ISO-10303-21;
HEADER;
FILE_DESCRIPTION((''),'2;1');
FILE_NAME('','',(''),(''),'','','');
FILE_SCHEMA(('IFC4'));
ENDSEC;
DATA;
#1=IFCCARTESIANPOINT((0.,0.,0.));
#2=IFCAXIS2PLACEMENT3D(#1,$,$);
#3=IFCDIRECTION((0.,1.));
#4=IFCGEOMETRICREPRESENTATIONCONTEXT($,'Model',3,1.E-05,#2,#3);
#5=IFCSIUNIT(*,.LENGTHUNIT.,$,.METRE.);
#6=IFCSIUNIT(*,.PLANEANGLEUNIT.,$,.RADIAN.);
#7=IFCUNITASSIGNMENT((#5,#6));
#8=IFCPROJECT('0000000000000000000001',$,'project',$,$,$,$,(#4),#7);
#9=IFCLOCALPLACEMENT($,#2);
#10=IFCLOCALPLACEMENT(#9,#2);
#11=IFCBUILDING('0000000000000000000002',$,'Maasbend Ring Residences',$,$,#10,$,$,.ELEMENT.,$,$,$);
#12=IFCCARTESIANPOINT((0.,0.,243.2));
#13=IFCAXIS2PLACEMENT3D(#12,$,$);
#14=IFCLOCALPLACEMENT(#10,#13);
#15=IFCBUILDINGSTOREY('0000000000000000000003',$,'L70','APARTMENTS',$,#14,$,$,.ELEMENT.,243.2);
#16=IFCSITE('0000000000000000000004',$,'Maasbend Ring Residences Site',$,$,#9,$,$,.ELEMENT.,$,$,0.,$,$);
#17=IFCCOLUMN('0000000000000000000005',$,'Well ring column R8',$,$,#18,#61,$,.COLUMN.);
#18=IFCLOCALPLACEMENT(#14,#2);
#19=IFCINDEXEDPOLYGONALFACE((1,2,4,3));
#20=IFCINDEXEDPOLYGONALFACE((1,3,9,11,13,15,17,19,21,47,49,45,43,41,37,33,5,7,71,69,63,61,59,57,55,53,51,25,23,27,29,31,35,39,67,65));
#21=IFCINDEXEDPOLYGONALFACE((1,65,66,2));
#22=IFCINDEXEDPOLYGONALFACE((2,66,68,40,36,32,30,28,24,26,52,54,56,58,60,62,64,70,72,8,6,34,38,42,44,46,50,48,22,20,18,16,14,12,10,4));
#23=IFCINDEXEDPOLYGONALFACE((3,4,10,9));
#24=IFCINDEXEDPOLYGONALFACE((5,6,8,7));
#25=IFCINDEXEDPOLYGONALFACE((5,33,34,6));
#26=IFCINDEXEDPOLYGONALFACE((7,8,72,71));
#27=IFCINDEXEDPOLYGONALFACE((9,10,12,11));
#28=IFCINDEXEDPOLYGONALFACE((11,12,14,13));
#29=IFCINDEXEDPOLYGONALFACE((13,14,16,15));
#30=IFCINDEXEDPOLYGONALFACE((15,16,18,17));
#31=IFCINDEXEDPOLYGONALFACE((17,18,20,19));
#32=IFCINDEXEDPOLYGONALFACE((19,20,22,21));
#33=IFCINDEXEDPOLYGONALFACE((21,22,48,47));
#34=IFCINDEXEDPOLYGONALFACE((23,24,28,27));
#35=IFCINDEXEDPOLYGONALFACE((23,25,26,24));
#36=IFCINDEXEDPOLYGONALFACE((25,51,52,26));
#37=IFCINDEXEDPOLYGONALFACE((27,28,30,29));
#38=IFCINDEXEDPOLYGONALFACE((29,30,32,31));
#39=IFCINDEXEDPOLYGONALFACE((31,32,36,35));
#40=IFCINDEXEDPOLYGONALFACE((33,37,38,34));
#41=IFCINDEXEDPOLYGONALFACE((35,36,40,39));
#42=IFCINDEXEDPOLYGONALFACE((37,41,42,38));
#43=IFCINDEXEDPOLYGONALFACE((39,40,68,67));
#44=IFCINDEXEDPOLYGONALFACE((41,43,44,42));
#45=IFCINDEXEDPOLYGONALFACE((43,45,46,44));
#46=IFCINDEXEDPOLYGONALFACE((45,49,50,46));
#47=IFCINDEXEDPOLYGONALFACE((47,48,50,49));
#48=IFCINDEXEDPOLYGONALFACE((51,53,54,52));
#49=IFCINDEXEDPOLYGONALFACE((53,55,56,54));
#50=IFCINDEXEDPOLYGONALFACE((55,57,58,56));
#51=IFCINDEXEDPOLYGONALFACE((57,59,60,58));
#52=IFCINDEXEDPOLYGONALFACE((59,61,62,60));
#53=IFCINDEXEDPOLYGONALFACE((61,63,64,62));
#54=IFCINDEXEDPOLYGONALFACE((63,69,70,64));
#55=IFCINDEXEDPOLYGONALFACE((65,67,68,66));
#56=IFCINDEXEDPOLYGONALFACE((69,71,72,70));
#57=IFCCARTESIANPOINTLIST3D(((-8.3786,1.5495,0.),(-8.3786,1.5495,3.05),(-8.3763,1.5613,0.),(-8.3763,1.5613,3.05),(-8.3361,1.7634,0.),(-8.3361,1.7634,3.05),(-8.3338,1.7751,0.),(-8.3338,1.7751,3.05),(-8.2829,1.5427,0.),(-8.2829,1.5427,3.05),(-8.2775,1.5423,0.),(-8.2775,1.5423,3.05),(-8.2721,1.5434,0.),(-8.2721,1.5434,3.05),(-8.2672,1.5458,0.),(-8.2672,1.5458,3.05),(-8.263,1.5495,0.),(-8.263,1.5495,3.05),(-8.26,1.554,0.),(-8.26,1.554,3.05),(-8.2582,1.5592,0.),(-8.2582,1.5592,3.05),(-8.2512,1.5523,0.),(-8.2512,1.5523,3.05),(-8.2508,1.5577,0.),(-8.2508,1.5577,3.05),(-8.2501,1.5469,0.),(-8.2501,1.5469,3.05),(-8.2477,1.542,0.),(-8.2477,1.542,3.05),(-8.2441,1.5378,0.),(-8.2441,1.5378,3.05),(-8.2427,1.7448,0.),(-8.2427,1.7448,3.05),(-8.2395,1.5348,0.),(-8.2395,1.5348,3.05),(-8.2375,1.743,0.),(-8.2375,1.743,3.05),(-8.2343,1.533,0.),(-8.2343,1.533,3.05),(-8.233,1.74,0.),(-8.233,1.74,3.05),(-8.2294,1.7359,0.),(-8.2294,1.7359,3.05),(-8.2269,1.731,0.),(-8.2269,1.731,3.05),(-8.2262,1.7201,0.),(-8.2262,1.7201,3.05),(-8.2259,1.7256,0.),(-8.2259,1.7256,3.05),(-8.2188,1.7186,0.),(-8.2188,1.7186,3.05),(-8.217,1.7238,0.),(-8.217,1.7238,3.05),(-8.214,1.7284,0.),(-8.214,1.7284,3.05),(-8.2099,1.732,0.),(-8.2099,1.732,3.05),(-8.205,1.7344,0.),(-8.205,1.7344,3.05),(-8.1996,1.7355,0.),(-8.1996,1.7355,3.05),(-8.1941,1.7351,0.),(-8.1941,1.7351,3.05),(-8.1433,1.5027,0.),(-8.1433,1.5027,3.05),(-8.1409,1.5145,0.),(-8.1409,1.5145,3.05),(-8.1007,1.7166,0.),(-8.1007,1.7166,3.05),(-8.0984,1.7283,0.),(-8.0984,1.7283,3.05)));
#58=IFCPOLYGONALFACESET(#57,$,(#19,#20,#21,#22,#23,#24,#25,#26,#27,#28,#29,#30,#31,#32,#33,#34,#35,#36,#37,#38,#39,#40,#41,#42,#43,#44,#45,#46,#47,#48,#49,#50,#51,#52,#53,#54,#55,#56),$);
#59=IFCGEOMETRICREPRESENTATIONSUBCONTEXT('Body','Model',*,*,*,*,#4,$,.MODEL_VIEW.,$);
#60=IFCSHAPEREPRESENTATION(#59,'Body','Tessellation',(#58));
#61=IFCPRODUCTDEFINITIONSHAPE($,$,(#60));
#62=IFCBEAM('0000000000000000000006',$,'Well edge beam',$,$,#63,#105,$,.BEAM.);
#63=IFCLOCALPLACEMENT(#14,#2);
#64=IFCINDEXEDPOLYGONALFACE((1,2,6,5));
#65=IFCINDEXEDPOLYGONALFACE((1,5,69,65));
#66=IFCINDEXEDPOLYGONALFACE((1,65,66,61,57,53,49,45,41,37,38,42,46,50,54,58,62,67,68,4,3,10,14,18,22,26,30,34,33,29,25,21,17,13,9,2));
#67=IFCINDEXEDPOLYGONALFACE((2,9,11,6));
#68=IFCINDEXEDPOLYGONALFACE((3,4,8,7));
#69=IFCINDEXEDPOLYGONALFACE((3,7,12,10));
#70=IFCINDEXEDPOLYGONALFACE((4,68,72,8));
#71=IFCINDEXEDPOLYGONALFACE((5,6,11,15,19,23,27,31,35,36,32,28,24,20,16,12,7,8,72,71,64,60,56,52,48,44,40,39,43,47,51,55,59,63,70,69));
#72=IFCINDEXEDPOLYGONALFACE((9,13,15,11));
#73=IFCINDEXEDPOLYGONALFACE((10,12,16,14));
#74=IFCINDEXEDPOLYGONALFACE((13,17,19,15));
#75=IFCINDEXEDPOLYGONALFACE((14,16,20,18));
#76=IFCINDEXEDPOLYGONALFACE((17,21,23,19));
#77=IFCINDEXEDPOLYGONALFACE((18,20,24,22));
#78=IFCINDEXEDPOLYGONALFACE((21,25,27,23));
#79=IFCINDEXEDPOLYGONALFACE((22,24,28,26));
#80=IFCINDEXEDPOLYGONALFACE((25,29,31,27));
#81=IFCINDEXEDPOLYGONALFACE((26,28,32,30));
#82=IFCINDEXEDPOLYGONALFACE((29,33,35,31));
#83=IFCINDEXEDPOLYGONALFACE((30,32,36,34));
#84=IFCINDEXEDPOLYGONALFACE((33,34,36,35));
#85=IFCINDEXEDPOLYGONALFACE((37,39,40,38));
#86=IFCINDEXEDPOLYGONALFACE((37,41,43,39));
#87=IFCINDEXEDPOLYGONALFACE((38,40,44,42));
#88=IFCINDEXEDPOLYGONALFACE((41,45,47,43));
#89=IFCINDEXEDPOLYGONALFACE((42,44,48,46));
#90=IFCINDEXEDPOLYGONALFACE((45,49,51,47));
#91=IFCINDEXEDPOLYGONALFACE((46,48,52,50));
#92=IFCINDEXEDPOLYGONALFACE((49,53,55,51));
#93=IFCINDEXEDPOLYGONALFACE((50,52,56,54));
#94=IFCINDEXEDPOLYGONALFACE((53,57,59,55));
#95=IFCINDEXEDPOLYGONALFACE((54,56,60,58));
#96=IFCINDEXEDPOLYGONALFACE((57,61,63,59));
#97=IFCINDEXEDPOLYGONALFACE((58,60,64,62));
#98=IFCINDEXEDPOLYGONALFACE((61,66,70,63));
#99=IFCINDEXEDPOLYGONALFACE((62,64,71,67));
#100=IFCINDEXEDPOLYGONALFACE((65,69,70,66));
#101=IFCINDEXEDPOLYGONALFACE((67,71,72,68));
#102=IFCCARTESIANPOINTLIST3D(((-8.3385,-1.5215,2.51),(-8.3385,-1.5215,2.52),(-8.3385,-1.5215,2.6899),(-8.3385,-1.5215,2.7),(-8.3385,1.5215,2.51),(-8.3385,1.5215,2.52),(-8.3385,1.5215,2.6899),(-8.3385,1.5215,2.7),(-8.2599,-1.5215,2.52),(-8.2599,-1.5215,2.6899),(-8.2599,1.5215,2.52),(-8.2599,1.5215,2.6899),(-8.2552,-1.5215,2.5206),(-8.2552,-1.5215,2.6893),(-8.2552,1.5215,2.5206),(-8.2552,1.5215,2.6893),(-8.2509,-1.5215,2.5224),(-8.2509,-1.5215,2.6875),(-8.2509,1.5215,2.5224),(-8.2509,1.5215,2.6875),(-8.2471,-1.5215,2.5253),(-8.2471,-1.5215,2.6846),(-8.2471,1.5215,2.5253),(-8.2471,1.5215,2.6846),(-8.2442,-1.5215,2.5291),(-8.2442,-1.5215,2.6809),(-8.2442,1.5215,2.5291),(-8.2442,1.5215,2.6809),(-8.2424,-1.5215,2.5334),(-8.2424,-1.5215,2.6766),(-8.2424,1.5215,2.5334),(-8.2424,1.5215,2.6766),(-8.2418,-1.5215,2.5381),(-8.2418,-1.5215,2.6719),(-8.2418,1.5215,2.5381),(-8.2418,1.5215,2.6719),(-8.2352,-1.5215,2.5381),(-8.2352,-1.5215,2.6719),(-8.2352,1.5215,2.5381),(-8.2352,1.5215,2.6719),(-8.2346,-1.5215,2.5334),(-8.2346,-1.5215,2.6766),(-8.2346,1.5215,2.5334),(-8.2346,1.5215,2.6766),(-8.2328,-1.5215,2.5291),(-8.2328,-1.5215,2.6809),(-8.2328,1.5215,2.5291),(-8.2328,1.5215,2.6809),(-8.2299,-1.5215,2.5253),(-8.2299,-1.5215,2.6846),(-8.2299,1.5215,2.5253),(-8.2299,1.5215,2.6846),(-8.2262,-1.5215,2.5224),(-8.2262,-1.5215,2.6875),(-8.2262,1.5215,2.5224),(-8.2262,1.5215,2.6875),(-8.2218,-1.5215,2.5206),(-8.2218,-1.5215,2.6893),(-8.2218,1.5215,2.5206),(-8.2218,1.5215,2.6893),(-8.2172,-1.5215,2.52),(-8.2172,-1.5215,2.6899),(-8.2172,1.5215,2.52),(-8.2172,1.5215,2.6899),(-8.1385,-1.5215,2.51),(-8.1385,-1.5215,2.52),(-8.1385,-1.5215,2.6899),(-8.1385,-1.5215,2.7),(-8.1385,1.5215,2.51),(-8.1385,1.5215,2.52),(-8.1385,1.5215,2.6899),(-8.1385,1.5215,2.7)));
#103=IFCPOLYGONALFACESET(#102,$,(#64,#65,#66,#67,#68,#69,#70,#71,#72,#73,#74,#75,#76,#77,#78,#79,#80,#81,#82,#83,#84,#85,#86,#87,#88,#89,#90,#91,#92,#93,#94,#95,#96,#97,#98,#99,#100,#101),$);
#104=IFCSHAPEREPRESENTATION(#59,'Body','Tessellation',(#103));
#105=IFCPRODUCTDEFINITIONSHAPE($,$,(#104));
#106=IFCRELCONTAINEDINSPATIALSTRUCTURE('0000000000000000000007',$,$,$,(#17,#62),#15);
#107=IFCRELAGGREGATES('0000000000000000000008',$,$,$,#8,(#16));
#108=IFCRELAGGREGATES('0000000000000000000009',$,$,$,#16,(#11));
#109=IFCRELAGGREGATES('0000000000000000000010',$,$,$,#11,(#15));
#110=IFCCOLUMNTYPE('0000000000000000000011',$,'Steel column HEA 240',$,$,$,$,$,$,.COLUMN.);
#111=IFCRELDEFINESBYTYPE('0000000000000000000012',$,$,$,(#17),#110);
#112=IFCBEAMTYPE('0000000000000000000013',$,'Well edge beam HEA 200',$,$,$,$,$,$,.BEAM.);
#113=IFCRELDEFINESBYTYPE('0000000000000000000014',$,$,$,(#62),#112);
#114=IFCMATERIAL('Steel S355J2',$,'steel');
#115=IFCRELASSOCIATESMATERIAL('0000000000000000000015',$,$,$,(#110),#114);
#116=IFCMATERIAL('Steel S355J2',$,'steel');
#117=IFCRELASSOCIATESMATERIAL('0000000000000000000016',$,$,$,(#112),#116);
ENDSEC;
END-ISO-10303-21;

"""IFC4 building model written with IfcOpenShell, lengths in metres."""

from ifc_helpers import new_model, si_unit, direction, frame, origin, origin_2d, place, context, subcontext, project, spatial, i_section, extrude, material, material_profile, profile_set, type_object, element, save


model = new_model("IFC4")

# Units and contexts
model_context = context("Model", 3, precision=1e-05, world=origin(), true_north=direction((0.0, 1.0)))
body_context = subcontext(model_context, "Body", "Model", "MODEL_VIEW")
ifc_project = project(units=[si_unit("LENGTHUNIT", "METRE"), si_unit("PLANEANGLEUNIT", "RADIAN")], contexts=[model_context])

# Site, building, storey
site_placement = place(None, origin())
site = spatial("IfcSite", under=ifc_project, at=site_placement, Name="Maasbend Ring Residences Site", CompositionType="ELEMENT", RefElevation=0.0)
building_placement = place(site_placement, origin())
building = spatial("IfcBuilding", under=site, at=building_placement, Name="Maasbend Ring Residences", CompositionType="ELEMENT")
storey_placement = place(building_placement, frame((0.0, 0.0, 243.2)))
storey = spatial("IfcBuildingStorey", under=building, at=storey_placement, Name="L70", Description="APARTMENTS", CompositionType="ELEMENT", Elevation=243.2)

# Column
ifc_material_1 = material(Name="Steel S355J2", Category="steel")
ifc_material_profile_1 = material_profile(ifc_material_1, i_section(OverallWidth=0.24, OverallDepth=0.23, WebThickness=0.0076, FlangeThickness=0.012, FilletRadius=0.021, at=origin_2d()), Name="HEA 240")
ifc_profile_set_1 = profile_set([ifc_material_profile_1], Name="Steel S355J2")
column_type = type_object("IfcColumnType", Name="Steel column HEA 240", PredefinedType="COLUMN", material=ifc_profile_set_1)
column_placement = place(storey_placement, frame((-8.2385, 1.6389, 0.0), z_axis=(0.0, 0.0, 1.0), x_axis=(-0.980785, 0.19509, 0.0)))
element("IfcColumn", 1, at=column_placement, inside=storey, type_object=column_type, Name="Well ring column R8", PredefinedType="COLUMN", context=body_context, shape_type="SweptSolid", body=[
    extrude(i_section(OverallWidth=0.24, OverallDepth=0.23, WebThickness=0.0076, FlangeThickness=0.012, FilletRadius=0.021, at=origin_2d()), origin(), (0.0, 0.0, 1.0), 3.05),
])

# Beam
ifc_material_2 = material(Name="Steel S355J2", Category="steel")
ifc_material_profile_2 = material_profile(ifc_material_2, i_section(OverallWidth=0.2, OverallDepth=0.1899, WebThickness=0.0066, FlangeThickness=0.01, FilletRadius=0.0181, at=origin_2d()), Name="HEA 200")
ifc_profile_set_2 = profile_set([ifc_material_profile_2], Name="Steel S355J2")
beam_type = type_object("IfcBeamType", Name="Well edge beam HEA 200", PredefinedType="BEAM", material=ifc_profile_set_2)
beam_placement = place(storey_placement, frame((-8.2385, 1.5215, 2.605), z_axis=(0.0, -1.0, 0.0), x_axis=(1.0, 0.0, 0.0)))
element("IfcBeam", 2, at=beam_placement, inside=storey, type_object=beam_type, Name="Well edge beam", PredefinedType="BEAM", context=body_context, shape_type="SweptSolid", body=[
    extrude(i_section(OverallWidth=0.2, OverallDepth=0.1899, WebThickness=0.0066, FlangeThickness=0.01, FilletRadius=0.0181, at=origin_2d()), origin(), (0.0, 0.0, 1.0), 3.043),
])

save(model, "model.ifc")
